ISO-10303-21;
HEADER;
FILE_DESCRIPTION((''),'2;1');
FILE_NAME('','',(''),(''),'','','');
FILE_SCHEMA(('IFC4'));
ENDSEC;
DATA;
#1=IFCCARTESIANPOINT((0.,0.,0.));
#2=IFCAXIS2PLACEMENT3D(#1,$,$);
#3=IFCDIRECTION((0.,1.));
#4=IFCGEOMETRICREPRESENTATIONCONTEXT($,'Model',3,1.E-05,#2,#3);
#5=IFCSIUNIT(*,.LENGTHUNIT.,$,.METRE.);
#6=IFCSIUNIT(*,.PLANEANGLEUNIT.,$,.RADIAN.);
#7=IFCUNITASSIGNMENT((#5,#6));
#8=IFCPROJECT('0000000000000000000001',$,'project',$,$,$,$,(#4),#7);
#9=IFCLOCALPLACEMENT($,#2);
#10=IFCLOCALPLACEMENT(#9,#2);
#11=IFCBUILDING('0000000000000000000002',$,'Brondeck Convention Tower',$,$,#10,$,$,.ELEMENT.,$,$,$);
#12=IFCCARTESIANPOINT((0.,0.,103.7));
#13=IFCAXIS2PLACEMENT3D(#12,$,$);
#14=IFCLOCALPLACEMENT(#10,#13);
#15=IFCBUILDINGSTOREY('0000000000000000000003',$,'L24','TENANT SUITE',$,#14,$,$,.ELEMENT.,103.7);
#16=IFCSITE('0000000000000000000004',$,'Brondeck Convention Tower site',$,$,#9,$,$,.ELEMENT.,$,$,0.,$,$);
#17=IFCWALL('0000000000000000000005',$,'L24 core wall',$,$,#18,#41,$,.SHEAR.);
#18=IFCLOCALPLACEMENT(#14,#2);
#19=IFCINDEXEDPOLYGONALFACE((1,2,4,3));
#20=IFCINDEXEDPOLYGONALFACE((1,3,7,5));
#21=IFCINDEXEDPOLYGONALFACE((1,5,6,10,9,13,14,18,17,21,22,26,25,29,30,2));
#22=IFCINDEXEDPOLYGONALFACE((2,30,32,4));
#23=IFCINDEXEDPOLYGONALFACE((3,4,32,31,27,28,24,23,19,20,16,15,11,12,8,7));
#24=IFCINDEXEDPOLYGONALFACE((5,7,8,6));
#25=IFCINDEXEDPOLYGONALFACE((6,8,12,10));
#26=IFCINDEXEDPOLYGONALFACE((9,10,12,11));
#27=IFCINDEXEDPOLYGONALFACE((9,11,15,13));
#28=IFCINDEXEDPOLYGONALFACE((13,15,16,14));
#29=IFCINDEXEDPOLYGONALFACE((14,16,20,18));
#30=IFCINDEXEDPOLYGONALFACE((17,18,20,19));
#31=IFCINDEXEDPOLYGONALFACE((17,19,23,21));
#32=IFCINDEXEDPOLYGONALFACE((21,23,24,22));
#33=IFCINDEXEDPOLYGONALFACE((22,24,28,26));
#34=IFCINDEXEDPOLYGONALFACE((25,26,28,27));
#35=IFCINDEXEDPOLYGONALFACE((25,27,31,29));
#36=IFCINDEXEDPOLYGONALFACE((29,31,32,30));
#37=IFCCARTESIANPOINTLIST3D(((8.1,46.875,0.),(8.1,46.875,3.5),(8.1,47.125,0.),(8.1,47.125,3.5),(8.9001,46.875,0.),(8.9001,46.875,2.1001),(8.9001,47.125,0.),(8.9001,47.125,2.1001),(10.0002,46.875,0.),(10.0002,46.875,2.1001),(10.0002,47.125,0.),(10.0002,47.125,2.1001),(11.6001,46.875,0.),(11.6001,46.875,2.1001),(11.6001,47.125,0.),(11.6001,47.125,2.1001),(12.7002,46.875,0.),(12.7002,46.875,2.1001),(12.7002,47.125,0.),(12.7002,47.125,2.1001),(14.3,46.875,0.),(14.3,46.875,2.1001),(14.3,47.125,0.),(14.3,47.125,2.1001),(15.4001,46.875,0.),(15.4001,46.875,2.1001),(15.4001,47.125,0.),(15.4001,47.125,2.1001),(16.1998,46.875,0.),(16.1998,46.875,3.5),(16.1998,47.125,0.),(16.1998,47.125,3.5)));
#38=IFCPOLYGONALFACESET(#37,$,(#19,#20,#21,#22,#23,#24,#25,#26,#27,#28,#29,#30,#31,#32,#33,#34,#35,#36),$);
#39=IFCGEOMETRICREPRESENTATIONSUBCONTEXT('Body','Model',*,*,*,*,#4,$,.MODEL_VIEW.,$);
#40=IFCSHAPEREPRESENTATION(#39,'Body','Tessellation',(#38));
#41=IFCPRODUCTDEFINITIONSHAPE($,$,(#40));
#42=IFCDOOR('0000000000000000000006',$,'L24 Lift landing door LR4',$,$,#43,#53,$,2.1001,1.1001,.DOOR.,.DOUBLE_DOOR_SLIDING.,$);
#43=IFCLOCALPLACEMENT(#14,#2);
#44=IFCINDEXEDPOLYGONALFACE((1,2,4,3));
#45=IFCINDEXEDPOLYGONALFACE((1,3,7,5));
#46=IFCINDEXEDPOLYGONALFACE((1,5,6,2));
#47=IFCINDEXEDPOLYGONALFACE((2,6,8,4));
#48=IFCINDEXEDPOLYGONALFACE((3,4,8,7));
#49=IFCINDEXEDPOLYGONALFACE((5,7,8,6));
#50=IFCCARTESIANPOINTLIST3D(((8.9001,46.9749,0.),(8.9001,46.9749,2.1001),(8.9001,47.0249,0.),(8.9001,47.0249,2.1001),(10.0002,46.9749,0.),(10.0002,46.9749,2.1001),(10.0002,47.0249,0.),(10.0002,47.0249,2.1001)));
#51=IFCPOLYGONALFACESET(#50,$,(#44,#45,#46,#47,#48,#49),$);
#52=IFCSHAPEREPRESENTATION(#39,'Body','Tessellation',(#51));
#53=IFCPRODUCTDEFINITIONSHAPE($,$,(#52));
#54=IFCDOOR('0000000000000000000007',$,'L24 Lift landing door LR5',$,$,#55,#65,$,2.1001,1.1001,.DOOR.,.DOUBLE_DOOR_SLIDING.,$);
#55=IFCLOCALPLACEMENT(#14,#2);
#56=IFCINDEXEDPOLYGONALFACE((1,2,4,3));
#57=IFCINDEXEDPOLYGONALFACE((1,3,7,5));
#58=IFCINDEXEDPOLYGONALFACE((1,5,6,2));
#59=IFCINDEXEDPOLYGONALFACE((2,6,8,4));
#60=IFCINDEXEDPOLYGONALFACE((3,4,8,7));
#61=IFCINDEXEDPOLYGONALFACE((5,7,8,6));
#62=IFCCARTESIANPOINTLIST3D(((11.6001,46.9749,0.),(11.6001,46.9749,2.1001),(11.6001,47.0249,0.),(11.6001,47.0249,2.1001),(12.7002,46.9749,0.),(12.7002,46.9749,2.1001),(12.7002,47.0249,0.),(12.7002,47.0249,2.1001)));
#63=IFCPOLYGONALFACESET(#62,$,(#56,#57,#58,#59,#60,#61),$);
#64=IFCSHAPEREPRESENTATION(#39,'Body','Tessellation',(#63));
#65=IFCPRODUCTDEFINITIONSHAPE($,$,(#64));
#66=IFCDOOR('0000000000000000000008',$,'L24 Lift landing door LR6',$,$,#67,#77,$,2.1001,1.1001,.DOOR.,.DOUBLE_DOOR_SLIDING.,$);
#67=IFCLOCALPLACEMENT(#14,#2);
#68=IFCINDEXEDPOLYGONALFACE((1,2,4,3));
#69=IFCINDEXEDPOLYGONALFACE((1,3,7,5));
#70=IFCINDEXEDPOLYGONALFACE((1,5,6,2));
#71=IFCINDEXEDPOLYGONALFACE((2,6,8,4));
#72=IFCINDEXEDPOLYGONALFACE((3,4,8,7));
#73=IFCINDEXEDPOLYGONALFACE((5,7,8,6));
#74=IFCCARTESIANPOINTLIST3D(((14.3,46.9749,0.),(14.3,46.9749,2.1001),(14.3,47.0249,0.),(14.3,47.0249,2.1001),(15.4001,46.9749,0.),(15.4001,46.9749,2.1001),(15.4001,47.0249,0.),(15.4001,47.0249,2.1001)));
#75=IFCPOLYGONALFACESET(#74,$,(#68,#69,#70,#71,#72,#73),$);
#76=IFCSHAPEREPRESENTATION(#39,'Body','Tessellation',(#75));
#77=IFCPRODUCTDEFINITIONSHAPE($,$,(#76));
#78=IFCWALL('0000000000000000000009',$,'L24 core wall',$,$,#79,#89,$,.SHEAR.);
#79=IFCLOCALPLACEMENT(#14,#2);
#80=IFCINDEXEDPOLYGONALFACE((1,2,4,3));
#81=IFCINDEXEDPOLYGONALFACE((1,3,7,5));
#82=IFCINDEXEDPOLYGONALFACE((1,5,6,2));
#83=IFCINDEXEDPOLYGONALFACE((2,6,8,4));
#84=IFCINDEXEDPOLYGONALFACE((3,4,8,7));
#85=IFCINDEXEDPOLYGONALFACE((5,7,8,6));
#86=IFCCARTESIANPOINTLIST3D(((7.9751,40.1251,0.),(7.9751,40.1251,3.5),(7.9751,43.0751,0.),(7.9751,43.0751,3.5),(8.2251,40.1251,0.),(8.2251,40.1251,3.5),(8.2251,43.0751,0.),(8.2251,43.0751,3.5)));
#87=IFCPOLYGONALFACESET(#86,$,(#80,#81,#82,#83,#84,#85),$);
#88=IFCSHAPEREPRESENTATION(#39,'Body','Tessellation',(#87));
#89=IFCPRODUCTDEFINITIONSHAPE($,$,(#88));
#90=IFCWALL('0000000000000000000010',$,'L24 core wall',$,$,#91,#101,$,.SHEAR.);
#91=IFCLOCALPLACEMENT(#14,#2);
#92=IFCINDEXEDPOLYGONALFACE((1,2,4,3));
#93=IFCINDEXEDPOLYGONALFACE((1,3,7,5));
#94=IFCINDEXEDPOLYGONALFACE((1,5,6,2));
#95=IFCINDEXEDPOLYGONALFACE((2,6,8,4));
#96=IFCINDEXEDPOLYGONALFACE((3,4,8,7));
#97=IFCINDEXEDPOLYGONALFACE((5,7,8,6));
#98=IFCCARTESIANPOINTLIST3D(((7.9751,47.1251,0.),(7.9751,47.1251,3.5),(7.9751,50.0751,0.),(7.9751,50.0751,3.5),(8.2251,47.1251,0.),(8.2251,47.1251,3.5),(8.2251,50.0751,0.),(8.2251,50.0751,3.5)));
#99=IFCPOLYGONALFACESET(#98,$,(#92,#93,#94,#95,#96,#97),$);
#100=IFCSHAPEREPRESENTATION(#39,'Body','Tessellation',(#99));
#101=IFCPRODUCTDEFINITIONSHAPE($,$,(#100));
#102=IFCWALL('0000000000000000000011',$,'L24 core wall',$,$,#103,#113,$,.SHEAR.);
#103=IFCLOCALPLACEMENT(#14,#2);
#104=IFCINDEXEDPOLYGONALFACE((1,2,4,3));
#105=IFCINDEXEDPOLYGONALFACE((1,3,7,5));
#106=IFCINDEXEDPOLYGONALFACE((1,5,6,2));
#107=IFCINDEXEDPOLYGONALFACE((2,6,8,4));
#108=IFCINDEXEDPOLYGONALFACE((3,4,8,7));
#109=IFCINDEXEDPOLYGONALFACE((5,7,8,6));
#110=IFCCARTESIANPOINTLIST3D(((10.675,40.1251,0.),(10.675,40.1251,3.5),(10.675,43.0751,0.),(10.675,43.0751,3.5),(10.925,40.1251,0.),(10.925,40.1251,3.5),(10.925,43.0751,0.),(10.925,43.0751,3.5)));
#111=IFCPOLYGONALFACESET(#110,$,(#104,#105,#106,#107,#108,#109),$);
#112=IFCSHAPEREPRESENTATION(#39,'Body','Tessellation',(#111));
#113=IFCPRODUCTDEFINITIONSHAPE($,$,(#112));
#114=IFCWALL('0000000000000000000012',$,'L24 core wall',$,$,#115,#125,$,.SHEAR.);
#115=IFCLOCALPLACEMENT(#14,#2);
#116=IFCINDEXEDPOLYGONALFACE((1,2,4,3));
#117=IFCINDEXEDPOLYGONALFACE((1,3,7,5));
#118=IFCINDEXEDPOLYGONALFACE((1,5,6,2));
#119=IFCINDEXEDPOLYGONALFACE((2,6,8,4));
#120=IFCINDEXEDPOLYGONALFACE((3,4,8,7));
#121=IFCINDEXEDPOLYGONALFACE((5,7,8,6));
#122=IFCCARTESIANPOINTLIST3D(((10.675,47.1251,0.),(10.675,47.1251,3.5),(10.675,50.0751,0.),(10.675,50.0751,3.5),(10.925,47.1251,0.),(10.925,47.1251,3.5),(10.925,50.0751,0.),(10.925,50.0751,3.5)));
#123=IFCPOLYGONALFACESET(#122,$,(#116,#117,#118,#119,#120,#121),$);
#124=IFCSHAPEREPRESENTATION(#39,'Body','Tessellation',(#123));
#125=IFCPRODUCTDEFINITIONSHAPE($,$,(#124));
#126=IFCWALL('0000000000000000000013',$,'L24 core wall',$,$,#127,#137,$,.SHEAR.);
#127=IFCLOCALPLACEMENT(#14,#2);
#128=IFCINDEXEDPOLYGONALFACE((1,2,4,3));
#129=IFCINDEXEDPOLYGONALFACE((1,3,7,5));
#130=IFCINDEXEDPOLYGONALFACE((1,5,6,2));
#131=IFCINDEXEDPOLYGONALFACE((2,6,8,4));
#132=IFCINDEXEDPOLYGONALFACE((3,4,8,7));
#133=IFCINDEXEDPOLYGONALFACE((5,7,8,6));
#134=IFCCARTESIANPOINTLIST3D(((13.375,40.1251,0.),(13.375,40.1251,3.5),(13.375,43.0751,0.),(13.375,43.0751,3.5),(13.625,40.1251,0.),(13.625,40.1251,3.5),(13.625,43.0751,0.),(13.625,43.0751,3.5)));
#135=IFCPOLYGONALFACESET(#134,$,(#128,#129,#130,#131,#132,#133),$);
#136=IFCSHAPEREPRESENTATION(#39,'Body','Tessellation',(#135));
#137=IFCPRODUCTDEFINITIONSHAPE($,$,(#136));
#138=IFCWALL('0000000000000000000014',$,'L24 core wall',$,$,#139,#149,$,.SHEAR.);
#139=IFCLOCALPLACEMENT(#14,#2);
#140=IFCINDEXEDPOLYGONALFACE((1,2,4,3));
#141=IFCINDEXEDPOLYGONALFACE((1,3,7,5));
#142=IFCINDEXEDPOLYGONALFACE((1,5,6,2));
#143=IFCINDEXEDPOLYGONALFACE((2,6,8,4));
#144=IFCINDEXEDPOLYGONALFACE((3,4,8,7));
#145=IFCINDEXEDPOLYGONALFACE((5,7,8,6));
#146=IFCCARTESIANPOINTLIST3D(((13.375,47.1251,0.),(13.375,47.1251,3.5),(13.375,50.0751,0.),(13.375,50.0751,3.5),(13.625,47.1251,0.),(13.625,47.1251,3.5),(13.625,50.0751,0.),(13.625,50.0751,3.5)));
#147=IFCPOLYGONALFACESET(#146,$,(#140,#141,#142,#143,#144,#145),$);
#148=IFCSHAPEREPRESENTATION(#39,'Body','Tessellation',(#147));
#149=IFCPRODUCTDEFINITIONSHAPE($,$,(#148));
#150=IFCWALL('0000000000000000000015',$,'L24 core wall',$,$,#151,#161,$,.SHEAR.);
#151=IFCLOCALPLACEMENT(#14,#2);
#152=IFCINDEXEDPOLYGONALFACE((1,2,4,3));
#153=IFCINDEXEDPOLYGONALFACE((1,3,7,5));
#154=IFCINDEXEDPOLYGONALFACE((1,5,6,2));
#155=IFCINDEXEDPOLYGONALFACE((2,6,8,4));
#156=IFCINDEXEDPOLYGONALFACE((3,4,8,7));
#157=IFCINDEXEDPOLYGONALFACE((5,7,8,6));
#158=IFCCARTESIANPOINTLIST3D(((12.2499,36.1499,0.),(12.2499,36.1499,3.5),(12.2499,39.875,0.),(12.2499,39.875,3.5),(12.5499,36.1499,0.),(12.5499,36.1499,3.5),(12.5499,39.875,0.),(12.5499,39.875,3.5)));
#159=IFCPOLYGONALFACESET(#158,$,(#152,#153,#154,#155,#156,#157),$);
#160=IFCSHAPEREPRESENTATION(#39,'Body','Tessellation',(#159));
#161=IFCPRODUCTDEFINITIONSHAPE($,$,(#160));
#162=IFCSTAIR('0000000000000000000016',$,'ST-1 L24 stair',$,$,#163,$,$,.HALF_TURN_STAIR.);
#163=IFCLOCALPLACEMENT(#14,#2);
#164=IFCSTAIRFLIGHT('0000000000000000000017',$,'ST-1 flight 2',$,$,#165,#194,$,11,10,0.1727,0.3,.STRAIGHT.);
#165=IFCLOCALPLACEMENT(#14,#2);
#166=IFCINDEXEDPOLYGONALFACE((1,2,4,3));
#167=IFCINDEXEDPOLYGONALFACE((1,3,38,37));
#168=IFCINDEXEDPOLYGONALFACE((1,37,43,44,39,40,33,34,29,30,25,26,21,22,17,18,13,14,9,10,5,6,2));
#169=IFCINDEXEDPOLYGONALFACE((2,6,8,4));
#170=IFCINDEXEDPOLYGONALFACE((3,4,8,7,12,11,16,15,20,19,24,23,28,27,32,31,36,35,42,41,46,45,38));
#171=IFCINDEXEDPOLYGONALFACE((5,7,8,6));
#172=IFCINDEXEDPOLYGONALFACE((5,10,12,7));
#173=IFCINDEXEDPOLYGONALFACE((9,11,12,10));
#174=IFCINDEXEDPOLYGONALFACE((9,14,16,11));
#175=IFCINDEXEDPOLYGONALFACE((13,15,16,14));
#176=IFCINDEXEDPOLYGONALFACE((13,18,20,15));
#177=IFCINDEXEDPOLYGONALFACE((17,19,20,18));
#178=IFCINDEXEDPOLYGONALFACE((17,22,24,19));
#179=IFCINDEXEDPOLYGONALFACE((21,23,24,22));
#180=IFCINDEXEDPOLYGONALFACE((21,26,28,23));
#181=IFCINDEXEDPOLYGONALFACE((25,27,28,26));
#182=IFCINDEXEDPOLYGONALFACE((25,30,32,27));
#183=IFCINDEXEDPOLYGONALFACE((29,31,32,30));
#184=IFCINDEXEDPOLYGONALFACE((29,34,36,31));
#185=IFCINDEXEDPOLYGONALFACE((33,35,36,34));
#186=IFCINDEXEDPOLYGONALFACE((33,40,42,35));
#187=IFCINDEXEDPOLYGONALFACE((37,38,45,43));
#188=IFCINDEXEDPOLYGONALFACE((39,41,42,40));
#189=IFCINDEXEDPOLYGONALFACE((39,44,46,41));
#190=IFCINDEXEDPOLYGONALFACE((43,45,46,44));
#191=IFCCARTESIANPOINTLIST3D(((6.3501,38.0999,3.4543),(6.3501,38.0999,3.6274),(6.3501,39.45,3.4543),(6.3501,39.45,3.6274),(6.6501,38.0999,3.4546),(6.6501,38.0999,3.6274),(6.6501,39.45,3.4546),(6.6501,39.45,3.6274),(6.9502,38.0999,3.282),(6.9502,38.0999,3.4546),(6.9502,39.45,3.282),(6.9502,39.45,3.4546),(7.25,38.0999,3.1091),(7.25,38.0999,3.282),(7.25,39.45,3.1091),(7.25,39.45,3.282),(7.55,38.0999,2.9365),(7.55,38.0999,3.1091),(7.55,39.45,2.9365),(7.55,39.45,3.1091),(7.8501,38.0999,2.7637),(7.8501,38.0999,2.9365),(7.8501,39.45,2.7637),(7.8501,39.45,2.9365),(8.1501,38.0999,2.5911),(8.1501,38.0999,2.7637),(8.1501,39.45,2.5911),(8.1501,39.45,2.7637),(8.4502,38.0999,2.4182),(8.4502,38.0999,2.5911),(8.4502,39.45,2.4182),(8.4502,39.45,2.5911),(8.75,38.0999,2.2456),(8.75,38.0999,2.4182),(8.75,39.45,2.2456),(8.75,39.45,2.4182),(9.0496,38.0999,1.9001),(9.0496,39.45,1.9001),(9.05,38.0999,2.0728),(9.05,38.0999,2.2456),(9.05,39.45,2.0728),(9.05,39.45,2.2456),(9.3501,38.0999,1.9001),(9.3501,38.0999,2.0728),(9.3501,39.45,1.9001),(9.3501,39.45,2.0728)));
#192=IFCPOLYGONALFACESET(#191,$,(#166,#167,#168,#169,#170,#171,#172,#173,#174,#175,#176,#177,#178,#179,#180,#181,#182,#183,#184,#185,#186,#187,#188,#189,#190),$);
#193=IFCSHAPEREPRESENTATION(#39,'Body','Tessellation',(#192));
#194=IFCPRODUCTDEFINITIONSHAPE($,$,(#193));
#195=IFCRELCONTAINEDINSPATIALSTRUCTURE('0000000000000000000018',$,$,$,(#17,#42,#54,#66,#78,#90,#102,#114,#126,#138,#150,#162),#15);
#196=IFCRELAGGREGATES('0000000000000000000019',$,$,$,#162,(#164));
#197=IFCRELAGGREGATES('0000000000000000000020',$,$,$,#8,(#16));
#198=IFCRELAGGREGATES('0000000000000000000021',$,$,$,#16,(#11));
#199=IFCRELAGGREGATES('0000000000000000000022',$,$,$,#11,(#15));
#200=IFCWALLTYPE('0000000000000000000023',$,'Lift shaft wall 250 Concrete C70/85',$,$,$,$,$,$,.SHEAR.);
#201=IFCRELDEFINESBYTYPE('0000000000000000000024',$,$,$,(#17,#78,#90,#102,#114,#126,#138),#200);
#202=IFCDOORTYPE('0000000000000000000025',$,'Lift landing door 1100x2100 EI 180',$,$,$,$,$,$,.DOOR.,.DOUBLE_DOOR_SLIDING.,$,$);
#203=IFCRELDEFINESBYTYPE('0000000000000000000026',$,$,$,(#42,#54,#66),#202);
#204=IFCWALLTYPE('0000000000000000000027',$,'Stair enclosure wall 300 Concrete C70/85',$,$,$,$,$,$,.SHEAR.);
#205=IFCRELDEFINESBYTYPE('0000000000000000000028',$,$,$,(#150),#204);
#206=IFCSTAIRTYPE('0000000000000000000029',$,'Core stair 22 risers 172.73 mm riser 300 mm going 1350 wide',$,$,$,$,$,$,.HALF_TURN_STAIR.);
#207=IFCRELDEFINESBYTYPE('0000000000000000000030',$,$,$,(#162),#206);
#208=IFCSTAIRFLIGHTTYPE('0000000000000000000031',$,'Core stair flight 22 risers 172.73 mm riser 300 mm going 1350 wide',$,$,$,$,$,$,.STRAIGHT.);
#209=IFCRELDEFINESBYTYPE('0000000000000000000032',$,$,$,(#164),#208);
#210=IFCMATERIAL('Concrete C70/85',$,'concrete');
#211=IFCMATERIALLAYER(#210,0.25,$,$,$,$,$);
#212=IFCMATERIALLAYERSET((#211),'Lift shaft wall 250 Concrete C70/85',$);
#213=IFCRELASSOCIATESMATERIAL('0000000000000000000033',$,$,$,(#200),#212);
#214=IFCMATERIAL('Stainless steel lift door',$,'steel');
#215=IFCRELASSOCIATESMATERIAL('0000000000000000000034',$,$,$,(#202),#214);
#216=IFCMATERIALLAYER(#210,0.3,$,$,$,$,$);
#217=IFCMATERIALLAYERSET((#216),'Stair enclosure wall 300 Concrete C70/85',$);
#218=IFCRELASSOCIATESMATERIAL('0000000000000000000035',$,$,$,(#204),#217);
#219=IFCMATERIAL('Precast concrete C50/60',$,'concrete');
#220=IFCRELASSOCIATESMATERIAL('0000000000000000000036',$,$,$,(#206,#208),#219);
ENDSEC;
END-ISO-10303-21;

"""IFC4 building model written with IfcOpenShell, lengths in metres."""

from ifc_helpers import new_model, si_unit, direction, frame, frame_2d, origin, place, context, subcontext, project, spatial, polyline, rectangle, outline, extrude, material, layer, layer_set, type_object, element, fill, aggregate, save


model = new_model("IFC4")

# Units and contexts
model_context = context("Model", 3, precision=1e-05, world=origin(), true_north=direction((0.0, 1.0)))
body_context = subcontext(model_context, "Body", "Model", "MODEL_VIEW")
ifc_project = project(units=[si_unit("LENGTHUNIT", "METRE"), si_unit("PLANEANGLEUNIT", "RADIAN")], contexts=[model_context])

# Site, building, storey
site_placement = place(None, origin())
site = spatial("IfcSite", under=ifc_project, at=site_placement, Name="Brondeck Convention Tower site", CompositionType="ELEMENT", RefElevation=0.0)
building_placement = place(site_placement, origin())
building = spatial("IfcBuilding", under=site, at=building_placement, Name="Brondeck Convention Tower", CompositionType="ELEMENT")
storey_placement = place(building_placement, frame((0.0, 0.0, 103.7)))
storey = spatial("IfcBuildingStorey", under=building, at=storey_placement, Name="L24", Description="TENANT SUITE", CompositionType="ELEMENT", Elevation=103.7)

# Wall, openings, doors
ifc_material_1 = material(Name="Concrete C70/85", Category="concrete")
ifc_layer_1 = layer(ifc_material_1, 0.25)
ifc_layer_set_1 = layer_set([ifc_layer_1], Name="Lift shaft wall 250 Concrete C70/85")
wall_type_1 = type_object("IfcWallType", Name="Lift shaft wall 250 Concrete C70/85", PredefinedType="SHEAR", material=ifc_layer_set_1)
ifc_material_2 = material(Name="Stainless steel lift door", Category="steel")
door_type_1 = type_object("IfcDoorType", Name="Lift landing door 1100x2100 EI 180", OperationType="DOUBLE_DOOR_SLIDING", PredefinedType="DOOR", material=ifc_material_2)
wall_1_placement = place(storey_placement, frame((8.1001, 47.0, 0.0), z_axis=(0.0, 0.0, 1.0), x_axis=(1.0, 0.0, 0.0)))
wall_1 = element("IfcWall", 1, at=wall_1_placement, inside=storey, type_object=wall_type_1, Name="L24 core wall", PredefinedType="SHEAR", context=body_context, shape_type="SweptSolid", body=[
    extrude(rectangle(XDim=8.0999, YDim=0.25, at=frame_2d((4.0498, 0.0))), origin(), (0.0, 0.0, 1.0), 3.5),
])
opening_1_placement = place(wall_1_placement, frame((0.8, 0.0, 0.0)))
opening_1 = element("IfcOpeningElement", 2, at=opening_1_placement, cuts=wall_1, PredefinedType="OPENING", context=body_context, shape_type="SweptSolid", body=[
    extrude(rectangle(XDim=1.1001, YDim=2.1001, at=frame_2d((0.55, 1.05))), frame((0.0, 0.135, 0.0), z_axis=(0.0, -1.0, 0.0), x_axis=(1.0, 0.0, 0.0)), (0.0, 0.0, 1.0), 0.27),
])
opening_2_placement = place(wall_1_placement, frame((3.5, 0.0, 0.0)))
opening_2 = element("IfcOpeningElement", 3, at=opening_2_placement, cuts=wall_1, PredefinedType="OPENING", context=body_context, shape_type="SweptSolid", body=[
    extrude(rectangle(XDim=1.1001, YDim=2.1001, at=frame_2d((0.55, 1.05))), frame((0.0, 0.135, 0.0), z_axis=(0.0, -1.0, 0.0), x_axis=(1.0, 0.0, 0.0)), (0.0, 0.0, 1.0), 0.27),
])
opening_3_placement = place(wall_1_placement, frame((6.2, 0.0, 0.0)))
opening_3 = element("IfcOpeningElement", 4, at=opening_3_placement, cuts=wall_1, PredefinedType="OPENING", context=body_context, shape_type="SweptSolid", body=[
    extrude(rectangle(XDim=1.1001, YDim=2.1001, at=frame_2d((0.55, 1.05))), frame((0.0, 0.135, 0.0), z_axis=(0.0, -1.0, 0.0), x_axis=(1.0, 0.0, 0.0)), (0.0, 0.0, 1.0), 0.27),
])
door_1_placement = place(opening_1_placement, origin())
door_1 = element("IfcDoor", 5, at=door_1_placement, inside=storey, type_object=door_type_1, Name="L24 Lift landing door LR4", OperationType="DOUBLE_DOOR_SLIDING", OverallHeight=2.1001, OverallWidth=1.1001, PredefinedType="DOOR", context=body_context, shape_type="SweptSolid", body=[
    extrude(rectangle(XDim=1.1001, YDim=2.1001, at=frame_2d((0.55, 1.05))), frame((0.0, 0.0249, 0.0), z_axis=(0.0, -1.0, 0.0), x_axis=(1.0, 0.0, 0.0)), (0.0, 0.0, 1.0), 0.05),
])
fill(opening_1, door_1)
door_2_placement = place(opening_2_placement, origin())
door_2 = element("IfcDoor", 6, at=door_2_placement, inside=storey, type_object=door_type_1, Name="L24 Lift landing door LR5", OperationType="DOUBLE_DOOR_SLIDING", OverallHeight=2.1001, OverallWidth=1.1001, PredefinedType="DOOR", context=body_context, shape_type="SweptSolid", body=[
    extrude(rectangle(XDim=1.1001, YDim=2.1001, at=frame_2d((0.55, 1.05))), frame((0.0, 0.0249, 0.0), z_axis=(0.0, -1.0, 0.0), x_axis=(1.0, 0.0, 0.0)), (0.0, 0.0, 1.0), 0.05),
])
fill(opening_2, door_2)
door_3_placement = place(opening_3_placement, origin())
door_3 = element("IfcDoor", 7, at=door_3_placement, inside=storey, type_object=door_type_1, Name="L24 Lift landing door LR6", OperationType="DOUBLE_DOOR_SLIDING", OverallHeight=2.1001, OverallWidth=1.1001, PredefinedType="DOOR", context=body_context, shape_type="SweptSolid", body=[
    extrude(rectangle(XDim=1.1001, YDim=2.1001, at=frame_2d((0.55, 1.05))), frame((0.0, 0.0249, 0.0), z_axis=(0.0, -1.0, 0.0), x_axis=(1.0, 0.0, 0.0)), (0.0, 0.0, 1.0), 0.05),
])
fill(opening_3, door_3)

# Walls
for number, where, z_axis, x_axis, name in (
    (8, (8.1001, 40.125, 0.0), (0.0, 0.0, 1.0), (0.0, 1.0, 0.0), "L24 core wall"),
    (9, (8.1001, 47.125, 0.0), (0.0, 0.0, 1.0), (0.0, 1.0, 0.0), "L24 core wall"),
    (10, (10.8, 40.125, 0.0), (0.0, 0.0, 1.0), (0.0, 1.0, 0.0), "L24 core wall"),
    (11, (10.8, 47.125, 0.0), (0.0, 0.0, 1.0), (0.0, 1.0, 0.0), "L24 core wall"),
    (12, (13.5, 40.125, 0.0), (0.0, 0.0, 1.0), (0.0, 1.0, 0.0), "L24 core wall"),
    (13, (13.5, 47.125, 0.0), (0.0, 0.0, 1.0), (0.0, 1.0, 0.0), "L24 core wall"),
):
    element("IfcWall", number, at=place(storey_placement, frame(where, z_axis=z_axis, x_axis=x_axis)), inside=storey, type_object=wall_type_1, Name=name, PredefinedType="SHEAR", context=body_context, shape_type="SweptSolid", body=[
        extrude(rectangle(XDim=2.95, YDim=0.25, at=frame_2d((1.4751, 0.0))), origin(), (0.0, 0.0, 1.0), 3.5),
    ])
ifc_layer_2 = layer(ifc_material_1, 0.3)
ifc_layer_set_2 = layer_set([ifc_layer_2], Name="Stair enclosure wall 300 Concrete C70/85")
wall_type_2 = type_object("IfcWallType", Name="Stair enclosure wall 300 Concrete C70/85", PredefinedType="SHEAR", material=ifc_layer_set_2)
wall_2_placement = place(storey_placement, frame((12.3999, 36.1499, 0.0), z_axis=(0.0, 0.0, 1.0), x_axis=(0.0, 1.0, 0.0)))
element("IfcWall", 14, at=wall_2_placement, inside=storey, type_object=wall_type_2, Name="L24 core wall", PredefinedType="SHEAR", context=body_context, shape_type="SweptSolid", body=[
    extrude(rectangle(XDim=3.7251, YDim=0.3, at=frame_2d((1.8625, 0.0))), origin(), (0.0, 0.0, 1.0), 3.5),
])

# Stair, stair flight
ifc_material_3 = material(Name="Precast concrete C50/60", Category="concrete")
stair_type = type_object("IfcStairType", Name="Core stair 22 risers 172.73 mm riser 300 mm going 1350 wide", PredefinedType="HALF_TURN_STAIR", material=ifc_material_3)
stair_placement = place(storey_placement, origin())
stair = element("IfcStair", 15, at=stair_placement, inside=storey, type_object=stair_type, Name="ST-1 L24 stair", PredefinedType="HALF_TURN_STAIR")
stair_flight_type = type_object("IfcStairFlightType", Name="Core stair flight 22 risers 172.73 mm riser 300 mm going 1350 wide", PredefinedType="STRAIGHT", material=ifc_material_3)
stair_flight_placement = place(storey_placement, frame((9.3501, 38.7749, 1.9001), z_axis=(0.0, 0.0, 1.0), x_axis=(-1.0, 0.0, 0.0)))
stair_flight = element("IfcStairFlight", 16, at=stair_flight_placement, type_object=stair_flight_type, Name="ST-1 flight 2", NumberOfRisers=11, NumberOfTreads=10, PredefinedType="STRAIGHT", RiserHeight=0.1727, TreadLength=0.3, context=body_context, shape_type="SweptSolid", body=[
    extrude(outline(polyline([(0.0, 0.0), (0.0, 0.1726), (0.3, 0.1726), (0.3, 0.3455), (0.6001, 0.3455), (0.6001, 0.5181), (0.8999, 0.5181), (0.8999, 0.6909), (1.2, 0.6909), (1.2, 0.8635), (1.5, 0.8635), (1.5, 1.0364), (1.8, 1.0364), (1.8, 1.209), (2.1001, 1.209), (2.1001, 1.3818), (2.3999, 1.3818), (2.3999, 1.5544), (2.7, 1.5544), (2.7, 1.7273), (3.0, 1.7273), (3.0, 1.8999), (3.0, 1.5542), (0.3005, 0.0), (0.0, 0.0)])), frame((0.0, 0.675, 0.0), z_axis=(0.0, -1.0, 0.0), x_axis=(1.0, 0.0, 0.0)), (0.0, 0.0, 1.0), 1.3501),
])
aggregate(stair, [stair_flight])

save(model, "model.ifc")
